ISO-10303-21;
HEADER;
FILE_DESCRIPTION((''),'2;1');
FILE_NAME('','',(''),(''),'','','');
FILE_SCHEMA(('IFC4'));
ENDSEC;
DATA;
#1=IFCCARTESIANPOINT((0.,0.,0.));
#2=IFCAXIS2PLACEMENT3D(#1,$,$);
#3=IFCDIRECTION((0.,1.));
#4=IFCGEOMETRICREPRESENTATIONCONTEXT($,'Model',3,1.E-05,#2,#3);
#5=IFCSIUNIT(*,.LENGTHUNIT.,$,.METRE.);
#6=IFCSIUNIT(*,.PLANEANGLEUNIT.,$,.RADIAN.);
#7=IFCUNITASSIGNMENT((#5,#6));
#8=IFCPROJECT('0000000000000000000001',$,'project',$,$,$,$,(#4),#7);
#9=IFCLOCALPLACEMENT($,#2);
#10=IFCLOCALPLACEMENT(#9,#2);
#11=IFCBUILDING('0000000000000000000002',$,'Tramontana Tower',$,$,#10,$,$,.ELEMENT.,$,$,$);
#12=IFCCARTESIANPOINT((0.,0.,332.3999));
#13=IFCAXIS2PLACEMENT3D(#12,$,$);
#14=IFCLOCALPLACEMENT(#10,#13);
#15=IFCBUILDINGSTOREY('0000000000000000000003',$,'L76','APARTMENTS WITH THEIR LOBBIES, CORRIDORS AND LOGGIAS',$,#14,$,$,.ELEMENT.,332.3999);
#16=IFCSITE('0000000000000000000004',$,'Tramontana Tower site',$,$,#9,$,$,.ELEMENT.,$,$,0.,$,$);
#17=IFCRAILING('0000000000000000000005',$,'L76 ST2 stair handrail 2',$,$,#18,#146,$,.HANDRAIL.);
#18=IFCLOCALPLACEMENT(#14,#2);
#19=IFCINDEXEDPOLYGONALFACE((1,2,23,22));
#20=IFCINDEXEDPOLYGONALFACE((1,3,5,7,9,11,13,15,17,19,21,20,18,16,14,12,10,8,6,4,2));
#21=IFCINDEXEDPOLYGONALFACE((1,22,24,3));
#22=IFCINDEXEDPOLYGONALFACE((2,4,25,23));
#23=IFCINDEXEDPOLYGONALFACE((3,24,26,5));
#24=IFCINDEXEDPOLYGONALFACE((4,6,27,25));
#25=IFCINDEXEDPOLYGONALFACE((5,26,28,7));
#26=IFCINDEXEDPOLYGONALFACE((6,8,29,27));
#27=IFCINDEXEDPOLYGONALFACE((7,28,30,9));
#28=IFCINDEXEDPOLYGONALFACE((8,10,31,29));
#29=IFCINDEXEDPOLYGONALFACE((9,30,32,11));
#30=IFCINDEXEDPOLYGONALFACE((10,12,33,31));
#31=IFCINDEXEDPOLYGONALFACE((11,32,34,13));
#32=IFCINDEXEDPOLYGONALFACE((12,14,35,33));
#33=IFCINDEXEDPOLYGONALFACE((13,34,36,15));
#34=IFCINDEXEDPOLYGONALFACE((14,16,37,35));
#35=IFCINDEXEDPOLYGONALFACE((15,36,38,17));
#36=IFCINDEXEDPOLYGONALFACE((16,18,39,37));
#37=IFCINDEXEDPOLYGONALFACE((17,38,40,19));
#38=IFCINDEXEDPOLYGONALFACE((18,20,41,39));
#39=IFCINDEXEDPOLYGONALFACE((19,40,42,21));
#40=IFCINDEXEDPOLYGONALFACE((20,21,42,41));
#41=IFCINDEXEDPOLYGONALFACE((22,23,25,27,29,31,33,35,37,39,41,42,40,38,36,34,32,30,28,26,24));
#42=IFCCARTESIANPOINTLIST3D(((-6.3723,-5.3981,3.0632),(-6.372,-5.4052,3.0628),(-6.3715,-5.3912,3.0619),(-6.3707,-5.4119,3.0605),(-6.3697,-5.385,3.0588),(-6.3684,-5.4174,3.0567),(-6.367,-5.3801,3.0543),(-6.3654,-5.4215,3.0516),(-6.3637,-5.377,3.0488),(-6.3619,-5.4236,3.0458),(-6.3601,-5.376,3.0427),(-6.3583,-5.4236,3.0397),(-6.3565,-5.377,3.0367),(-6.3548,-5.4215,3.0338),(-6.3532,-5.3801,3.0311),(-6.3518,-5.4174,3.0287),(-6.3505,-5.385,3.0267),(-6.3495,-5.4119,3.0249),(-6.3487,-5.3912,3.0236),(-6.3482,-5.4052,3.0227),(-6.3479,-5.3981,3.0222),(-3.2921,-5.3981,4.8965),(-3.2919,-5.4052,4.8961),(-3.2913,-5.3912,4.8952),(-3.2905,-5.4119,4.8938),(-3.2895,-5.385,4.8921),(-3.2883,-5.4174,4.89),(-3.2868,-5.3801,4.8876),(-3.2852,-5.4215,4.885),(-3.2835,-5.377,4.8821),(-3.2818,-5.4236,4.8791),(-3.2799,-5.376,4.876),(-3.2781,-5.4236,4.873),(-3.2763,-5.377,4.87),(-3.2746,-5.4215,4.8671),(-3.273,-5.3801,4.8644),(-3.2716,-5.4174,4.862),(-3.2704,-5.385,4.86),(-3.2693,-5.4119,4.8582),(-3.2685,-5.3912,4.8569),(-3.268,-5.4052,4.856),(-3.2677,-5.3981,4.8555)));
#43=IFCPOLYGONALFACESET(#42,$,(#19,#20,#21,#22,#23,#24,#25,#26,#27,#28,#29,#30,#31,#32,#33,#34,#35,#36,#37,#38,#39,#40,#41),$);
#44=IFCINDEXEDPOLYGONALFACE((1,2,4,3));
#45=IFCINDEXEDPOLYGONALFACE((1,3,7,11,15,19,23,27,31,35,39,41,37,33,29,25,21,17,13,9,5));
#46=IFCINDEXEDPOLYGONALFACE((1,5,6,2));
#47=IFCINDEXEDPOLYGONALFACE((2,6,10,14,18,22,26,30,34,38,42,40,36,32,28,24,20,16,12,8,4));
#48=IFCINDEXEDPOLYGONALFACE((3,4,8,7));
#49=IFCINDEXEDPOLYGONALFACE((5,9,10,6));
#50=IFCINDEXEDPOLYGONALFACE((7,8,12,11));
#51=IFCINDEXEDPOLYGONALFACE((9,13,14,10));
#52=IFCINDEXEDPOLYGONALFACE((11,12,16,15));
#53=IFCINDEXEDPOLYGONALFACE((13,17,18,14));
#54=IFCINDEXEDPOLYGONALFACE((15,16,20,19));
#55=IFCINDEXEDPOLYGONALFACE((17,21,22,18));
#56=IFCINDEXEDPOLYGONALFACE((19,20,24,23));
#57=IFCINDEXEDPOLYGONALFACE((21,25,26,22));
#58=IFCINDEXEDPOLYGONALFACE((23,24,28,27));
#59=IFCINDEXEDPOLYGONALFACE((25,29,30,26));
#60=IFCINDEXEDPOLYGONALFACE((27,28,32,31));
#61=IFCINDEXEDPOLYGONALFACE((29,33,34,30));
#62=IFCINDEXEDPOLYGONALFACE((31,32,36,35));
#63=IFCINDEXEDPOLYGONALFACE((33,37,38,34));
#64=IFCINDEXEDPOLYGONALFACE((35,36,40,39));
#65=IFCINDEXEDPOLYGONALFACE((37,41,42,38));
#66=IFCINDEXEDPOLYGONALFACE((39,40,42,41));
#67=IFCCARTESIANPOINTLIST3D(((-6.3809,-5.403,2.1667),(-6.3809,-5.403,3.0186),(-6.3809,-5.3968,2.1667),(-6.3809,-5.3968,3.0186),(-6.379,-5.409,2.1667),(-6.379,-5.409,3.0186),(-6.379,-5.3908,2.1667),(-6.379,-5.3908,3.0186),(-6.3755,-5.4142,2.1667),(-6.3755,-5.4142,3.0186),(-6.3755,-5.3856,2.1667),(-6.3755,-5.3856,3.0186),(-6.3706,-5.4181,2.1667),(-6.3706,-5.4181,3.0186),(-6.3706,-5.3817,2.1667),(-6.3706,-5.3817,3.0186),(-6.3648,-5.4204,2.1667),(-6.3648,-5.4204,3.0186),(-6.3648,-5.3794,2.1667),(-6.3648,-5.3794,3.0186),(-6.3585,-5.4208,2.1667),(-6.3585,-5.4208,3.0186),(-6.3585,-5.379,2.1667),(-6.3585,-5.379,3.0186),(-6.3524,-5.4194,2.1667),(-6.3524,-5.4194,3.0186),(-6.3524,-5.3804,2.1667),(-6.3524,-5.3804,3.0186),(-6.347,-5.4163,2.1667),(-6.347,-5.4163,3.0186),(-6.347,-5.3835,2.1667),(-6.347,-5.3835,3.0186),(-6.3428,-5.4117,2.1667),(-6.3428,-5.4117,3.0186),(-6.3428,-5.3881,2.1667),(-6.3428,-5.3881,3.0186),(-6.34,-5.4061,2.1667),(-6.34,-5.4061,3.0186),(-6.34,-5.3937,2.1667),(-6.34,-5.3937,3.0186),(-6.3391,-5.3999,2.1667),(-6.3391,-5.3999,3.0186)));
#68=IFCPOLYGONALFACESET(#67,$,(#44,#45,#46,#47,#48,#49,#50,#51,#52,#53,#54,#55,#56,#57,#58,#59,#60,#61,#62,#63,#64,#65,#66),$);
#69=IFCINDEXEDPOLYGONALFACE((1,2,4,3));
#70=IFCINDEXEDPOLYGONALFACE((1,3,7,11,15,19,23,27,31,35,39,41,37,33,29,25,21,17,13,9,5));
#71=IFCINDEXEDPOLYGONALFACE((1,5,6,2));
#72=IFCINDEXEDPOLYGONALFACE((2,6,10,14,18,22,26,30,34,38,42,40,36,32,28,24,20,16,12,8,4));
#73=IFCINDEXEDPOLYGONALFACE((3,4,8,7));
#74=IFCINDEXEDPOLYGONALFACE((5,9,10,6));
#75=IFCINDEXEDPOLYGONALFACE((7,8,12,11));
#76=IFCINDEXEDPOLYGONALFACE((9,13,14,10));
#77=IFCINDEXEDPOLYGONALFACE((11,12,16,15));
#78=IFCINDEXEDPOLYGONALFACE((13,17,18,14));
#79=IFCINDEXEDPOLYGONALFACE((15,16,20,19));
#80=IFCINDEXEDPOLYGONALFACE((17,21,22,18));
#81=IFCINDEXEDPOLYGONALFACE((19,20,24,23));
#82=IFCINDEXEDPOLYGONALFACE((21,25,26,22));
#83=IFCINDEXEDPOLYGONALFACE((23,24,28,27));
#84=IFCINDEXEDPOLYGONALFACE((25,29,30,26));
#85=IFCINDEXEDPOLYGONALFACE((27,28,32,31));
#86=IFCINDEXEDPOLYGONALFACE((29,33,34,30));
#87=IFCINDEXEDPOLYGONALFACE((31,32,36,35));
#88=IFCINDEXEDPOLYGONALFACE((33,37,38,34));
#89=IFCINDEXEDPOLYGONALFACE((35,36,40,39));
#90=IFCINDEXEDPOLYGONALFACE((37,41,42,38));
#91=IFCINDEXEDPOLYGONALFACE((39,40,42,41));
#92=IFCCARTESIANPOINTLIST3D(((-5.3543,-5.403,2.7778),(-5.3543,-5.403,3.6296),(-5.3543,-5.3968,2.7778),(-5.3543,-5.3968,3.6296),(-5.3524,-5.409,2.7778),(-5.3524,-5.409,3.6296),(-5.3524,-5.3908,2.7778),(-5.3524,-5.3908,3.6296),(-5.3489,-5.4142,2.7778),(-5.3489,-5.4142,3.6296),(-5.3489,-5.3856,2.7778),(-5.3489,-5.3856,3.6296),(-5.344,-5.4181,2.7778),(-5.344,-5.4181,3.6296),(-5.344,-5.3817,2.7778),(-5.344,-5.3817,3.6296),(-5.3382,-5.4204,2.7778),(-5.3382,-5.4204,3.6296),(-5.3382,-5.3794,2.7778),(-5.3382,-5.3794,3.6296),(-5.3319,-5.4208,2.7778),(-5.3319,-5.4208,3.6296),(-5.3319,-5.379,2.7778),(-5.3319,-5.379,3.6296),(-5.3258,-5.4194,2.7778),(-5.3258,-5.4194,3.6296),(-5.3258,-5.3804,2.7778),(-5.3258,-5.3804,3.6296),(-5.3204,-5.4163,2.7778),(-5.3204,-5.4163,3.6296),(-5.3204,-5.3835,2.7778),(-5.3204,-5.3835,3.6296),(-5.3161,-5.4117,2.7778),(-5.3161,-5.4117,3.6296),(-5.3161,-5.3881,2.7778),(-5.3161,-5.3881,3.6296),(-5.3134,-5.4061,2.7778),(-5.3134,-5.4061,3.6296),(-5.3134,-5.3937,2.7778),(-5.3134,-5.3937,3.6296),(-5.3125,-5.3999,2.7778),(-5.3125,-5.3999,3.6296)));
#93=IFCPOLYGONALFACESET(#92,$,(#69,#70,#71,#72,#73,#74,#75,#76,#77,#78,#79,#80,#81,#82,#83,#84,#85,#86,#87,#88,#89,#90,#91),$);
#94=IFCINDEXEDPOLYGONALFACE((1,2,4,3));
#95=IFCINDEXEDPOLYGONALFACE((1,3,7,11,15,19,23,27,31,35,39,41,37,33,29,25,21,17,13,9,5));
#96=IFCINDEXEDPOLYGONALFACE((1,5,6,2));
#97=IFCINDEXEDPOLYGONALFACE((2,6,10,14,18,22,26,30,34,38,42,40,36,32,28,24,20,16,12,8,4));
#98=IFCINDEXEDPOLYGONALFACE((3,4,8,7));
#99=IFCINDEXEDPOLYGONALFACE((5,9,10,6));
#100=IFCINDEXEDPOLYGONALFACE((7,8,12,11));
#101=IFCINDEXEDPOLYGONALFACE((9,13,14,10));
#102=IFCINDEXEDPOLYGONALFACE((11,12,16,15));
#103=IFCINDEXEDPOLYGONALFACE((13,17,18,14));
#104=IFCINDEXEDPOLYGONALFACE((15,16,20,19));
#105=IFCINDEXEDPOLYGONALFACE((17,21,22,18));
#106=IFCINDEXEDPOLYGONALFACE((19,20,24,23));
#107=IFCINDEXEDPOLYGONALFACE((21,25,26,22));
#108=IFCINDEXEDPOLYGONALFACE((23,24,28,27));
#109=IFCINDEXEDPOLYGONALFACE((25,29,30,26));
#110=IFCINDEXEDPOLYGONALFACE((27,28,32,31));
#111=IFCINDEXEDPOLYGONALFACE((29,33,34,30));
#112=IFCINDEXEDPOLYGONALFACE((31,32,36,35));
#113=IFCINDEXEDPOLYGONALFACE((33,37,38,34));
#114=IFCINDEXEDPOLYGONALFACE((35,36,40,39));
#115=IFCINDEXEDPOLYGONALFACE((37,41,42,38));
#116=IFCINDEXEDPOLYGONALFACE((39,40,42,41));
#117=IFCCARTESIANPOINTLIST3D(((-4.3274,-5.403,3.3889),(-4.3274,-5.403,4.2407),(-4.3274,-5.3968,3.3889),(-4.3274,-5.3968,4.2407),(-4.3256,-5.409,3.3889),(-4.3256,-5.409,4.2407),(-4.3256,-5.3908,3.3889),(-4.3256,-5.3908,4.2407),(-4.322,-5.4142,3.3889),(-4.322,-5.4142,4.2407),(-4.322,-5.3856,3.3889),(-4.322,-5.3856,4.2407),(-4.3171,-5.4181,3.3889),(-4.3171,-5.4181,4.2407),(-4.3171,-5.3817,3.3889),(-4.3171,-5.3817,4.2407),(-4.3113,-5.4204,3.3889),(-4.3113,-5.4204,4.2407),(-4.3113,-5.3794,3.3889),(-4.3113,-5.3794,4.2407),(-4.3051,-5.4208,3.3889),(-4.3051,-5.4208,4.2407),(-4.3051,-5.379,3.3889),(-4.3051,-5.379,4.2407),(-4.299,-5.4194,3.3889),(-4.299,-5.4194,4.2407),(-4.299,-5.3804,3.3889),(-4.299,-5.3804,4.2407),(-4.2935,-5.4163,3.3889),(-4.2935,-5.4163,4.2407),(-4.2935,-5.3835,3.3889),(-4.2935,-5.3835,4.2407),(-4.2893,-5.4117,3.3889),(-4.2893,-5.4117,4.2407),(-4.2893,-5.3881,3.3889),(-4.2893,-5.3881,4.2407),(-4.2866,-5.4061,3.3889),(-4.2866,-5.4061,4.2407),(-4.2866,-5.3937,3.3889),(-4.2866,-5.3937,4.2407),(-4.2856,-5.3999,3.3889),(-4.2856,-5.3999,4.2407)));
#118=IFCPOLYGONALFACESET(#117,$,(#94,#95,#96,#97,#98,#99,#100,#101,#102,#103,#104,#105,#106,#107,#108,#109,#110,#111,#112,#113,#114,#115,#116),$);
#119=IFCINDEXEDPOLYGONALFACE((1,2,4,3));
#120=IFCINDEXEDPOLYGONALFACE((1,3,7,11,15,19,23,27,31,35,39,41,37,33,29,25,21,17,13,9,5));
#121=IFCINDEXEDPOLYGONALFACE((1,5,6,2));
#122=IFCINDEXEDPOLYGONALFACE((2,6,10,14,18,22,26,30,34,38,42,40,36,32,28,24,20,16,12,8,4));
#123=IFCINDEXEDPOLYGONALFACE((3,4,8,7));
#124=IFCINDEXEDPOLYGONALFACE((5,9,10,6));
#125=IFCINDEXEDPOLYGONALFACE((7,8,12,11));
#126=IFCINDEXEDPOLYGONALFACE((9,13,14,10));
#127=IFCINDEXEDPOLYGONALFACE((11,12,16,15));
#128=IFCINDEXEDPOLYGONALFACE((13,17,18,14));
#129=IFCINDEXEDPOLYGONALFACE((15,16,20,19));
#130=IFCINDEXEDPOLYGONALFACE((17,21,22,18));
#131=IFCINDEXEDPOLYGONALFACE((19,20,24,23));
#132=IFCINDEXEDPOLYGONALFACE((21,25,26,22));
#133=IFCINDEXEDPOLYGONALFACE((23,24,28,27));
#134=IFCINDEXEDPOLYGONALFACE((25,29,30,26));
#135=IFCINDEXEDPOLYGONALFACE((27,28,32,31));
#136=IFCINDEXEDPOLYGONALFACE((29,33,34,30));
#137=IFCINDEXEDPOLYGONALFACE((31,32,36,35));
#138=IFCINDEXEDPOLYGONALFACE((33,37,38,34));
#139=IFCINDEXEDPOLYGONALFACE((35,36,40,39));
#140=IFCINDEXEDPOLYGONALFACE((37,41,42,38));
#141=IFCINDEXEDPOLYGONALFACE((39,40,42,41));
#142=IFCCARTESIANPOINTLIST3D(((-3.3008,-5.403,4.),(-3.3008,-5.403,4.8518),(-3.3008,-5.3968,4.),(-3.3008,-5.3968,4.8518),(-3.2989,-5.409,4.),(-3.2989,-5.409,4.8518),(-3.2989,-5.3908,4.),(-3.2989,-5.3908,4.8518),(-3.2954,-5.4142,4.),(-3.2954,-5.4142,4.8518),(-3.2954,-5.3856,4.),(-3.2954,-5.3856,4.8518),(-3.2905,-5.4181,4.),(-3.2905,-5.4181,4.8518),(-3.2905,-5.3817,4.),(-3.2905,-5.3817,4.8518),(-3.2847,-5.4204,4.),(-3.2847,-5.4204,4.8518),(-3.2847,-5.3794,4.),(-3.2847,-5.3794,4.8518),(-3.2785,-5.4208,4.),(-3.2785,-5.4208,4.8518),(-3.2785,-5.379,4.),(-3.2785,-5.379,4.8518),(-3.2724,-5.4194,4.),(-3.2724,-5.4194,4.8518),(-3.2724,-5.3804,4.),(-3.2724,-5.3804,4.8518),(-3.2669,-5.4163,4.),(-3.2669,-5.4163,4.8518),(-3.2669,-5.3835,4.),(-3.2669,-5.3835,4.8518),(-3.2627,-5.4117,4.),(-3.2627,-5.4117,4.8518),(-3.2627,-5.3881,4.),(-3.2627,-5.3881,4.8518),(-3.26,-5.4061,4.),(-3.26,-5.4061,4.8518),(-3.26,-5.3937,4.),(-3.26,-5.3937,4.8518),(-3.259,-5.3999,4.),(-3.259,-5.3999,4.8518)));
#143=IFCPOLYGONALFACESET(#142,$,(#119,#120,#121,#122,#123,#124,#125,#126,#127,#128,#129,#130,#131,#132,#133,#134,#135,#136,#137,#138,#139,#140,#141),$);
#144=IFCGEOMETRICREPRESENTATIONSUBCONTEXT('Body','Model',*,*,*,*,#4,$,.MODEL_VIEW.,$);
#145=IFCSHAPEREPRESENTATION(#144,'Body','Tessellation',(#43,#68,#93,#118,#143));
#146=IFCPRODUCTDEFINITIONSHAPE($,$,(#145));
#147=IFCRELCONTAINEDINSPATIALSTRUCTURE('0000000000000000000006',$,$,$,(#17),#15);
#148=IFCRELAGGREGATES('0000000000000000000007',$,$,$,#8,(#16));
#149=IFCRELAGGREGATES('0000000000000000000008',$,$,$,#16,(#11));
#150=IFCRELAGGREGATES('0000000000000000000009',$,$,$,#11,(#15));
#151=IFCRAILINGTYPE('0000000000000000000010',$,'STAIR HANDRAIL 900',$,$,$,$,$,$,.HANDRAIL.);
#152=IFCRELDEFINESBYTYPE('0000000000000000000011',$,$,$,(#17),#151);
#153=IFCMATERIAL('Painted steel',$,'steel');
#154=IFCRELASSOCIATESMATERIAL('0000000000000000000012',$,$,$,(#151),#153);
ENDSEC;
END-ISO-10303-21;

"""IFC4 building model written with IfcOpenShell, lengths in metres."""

from ifc_helpers import new_model, si_unit, direction, frame, origin, origin_2d, place, context, subcontext, project, spatial, circle, extrude, material, type_object, element, save


model = new_model("IFC4")

# Units and contexts
model_context = context("Model", 3, precision=1e-05, world=origin(), true_north=direction((0.0, 1.0)))
body_context = subcontext(model_context, "Body", "Model", "MODEL_VIEW")
ifc_project = project(units=[si_unit("LENGTHUNIT", "METRE"), si_unit("PLANEANGLEUNIT", "RADIAN")], contexts=[model_context])

# Site, building, storey
site_placement = place(None, origin())
site = spatial("IfcSite", under=ifc_project, at=site_placement, Name="Tramontana Tower site", CompositionType="ELEMENT", RefElevation=0.0)
building_placement = place(site_placement, origin())
building = spatial("IfcBuilding", under=site, at=building_placement, Name="Tramontana Tower", CompositionType="ELEMENT")
storey_placement = place(building_placement, frame((0.0, 0.0, 332.3999)))
storey = spatial("IfcBuildingStorey", under=building, at=storey_placement, Name="L76", Description="APARTMENTS WITH THEIR LOBBIES, CORRIDORS AND LOGGIAS", CompositionType="ELEMENT", Elevation=332.3999)

# Railing
ifc_material_1 = material(Name="Painted steel", Category="steel")
railing_type_1 = type_object("IfcRailingType", Name="STAIR HANDRAIL 900", PredefinedType="HANDRAIL", material=ifc_material_1)
railing_1_placement = place(storey_placement, frame((-6.3601, -5.3999, 2.1667)))
element("IfcRailing", 1, at=railing_1_placement, inside=storey, type_object=railing_type_1, Name="L76 ST2 stair handrail 2", PredefinedType="HANDRAIL", context=body_context, shape_type="SweptSolid", body=[
    extrude(circle(Radius=0.0239, at=origin_2d()), frame((0.0, 0.0, 0.876), z_axis=(0.859309, 0.0, 0.511458), x_axis=(0.0, 1.0, 0.0)), (0.0, 0.0, 1.0), 3.5845),
    extrude(circle(Radius=0.021, at=origin_2d()), origin(), (0.0, 0.0, 1.0), 0.8518),
    extrude(circle(Radius=0.021, at=origin_2d()), frame((1.0266, 0.0, 0.6111)), (0.0, 0.0, 1.0), 0.8518),
    extrude(circle(Radius=0.021, at=origin_2d()), frame((2.0535, 0.0, 1.2222)), (0.0, 0.0, 1.0), 0.8518),
    extrude(circle(Radius=0.021, at=origin_2d()), frame((3.0801, 0.0, 1.8333)), (0.0, 0.0, 1.0), 0.8518),
])

save(model, "model.ifc")
